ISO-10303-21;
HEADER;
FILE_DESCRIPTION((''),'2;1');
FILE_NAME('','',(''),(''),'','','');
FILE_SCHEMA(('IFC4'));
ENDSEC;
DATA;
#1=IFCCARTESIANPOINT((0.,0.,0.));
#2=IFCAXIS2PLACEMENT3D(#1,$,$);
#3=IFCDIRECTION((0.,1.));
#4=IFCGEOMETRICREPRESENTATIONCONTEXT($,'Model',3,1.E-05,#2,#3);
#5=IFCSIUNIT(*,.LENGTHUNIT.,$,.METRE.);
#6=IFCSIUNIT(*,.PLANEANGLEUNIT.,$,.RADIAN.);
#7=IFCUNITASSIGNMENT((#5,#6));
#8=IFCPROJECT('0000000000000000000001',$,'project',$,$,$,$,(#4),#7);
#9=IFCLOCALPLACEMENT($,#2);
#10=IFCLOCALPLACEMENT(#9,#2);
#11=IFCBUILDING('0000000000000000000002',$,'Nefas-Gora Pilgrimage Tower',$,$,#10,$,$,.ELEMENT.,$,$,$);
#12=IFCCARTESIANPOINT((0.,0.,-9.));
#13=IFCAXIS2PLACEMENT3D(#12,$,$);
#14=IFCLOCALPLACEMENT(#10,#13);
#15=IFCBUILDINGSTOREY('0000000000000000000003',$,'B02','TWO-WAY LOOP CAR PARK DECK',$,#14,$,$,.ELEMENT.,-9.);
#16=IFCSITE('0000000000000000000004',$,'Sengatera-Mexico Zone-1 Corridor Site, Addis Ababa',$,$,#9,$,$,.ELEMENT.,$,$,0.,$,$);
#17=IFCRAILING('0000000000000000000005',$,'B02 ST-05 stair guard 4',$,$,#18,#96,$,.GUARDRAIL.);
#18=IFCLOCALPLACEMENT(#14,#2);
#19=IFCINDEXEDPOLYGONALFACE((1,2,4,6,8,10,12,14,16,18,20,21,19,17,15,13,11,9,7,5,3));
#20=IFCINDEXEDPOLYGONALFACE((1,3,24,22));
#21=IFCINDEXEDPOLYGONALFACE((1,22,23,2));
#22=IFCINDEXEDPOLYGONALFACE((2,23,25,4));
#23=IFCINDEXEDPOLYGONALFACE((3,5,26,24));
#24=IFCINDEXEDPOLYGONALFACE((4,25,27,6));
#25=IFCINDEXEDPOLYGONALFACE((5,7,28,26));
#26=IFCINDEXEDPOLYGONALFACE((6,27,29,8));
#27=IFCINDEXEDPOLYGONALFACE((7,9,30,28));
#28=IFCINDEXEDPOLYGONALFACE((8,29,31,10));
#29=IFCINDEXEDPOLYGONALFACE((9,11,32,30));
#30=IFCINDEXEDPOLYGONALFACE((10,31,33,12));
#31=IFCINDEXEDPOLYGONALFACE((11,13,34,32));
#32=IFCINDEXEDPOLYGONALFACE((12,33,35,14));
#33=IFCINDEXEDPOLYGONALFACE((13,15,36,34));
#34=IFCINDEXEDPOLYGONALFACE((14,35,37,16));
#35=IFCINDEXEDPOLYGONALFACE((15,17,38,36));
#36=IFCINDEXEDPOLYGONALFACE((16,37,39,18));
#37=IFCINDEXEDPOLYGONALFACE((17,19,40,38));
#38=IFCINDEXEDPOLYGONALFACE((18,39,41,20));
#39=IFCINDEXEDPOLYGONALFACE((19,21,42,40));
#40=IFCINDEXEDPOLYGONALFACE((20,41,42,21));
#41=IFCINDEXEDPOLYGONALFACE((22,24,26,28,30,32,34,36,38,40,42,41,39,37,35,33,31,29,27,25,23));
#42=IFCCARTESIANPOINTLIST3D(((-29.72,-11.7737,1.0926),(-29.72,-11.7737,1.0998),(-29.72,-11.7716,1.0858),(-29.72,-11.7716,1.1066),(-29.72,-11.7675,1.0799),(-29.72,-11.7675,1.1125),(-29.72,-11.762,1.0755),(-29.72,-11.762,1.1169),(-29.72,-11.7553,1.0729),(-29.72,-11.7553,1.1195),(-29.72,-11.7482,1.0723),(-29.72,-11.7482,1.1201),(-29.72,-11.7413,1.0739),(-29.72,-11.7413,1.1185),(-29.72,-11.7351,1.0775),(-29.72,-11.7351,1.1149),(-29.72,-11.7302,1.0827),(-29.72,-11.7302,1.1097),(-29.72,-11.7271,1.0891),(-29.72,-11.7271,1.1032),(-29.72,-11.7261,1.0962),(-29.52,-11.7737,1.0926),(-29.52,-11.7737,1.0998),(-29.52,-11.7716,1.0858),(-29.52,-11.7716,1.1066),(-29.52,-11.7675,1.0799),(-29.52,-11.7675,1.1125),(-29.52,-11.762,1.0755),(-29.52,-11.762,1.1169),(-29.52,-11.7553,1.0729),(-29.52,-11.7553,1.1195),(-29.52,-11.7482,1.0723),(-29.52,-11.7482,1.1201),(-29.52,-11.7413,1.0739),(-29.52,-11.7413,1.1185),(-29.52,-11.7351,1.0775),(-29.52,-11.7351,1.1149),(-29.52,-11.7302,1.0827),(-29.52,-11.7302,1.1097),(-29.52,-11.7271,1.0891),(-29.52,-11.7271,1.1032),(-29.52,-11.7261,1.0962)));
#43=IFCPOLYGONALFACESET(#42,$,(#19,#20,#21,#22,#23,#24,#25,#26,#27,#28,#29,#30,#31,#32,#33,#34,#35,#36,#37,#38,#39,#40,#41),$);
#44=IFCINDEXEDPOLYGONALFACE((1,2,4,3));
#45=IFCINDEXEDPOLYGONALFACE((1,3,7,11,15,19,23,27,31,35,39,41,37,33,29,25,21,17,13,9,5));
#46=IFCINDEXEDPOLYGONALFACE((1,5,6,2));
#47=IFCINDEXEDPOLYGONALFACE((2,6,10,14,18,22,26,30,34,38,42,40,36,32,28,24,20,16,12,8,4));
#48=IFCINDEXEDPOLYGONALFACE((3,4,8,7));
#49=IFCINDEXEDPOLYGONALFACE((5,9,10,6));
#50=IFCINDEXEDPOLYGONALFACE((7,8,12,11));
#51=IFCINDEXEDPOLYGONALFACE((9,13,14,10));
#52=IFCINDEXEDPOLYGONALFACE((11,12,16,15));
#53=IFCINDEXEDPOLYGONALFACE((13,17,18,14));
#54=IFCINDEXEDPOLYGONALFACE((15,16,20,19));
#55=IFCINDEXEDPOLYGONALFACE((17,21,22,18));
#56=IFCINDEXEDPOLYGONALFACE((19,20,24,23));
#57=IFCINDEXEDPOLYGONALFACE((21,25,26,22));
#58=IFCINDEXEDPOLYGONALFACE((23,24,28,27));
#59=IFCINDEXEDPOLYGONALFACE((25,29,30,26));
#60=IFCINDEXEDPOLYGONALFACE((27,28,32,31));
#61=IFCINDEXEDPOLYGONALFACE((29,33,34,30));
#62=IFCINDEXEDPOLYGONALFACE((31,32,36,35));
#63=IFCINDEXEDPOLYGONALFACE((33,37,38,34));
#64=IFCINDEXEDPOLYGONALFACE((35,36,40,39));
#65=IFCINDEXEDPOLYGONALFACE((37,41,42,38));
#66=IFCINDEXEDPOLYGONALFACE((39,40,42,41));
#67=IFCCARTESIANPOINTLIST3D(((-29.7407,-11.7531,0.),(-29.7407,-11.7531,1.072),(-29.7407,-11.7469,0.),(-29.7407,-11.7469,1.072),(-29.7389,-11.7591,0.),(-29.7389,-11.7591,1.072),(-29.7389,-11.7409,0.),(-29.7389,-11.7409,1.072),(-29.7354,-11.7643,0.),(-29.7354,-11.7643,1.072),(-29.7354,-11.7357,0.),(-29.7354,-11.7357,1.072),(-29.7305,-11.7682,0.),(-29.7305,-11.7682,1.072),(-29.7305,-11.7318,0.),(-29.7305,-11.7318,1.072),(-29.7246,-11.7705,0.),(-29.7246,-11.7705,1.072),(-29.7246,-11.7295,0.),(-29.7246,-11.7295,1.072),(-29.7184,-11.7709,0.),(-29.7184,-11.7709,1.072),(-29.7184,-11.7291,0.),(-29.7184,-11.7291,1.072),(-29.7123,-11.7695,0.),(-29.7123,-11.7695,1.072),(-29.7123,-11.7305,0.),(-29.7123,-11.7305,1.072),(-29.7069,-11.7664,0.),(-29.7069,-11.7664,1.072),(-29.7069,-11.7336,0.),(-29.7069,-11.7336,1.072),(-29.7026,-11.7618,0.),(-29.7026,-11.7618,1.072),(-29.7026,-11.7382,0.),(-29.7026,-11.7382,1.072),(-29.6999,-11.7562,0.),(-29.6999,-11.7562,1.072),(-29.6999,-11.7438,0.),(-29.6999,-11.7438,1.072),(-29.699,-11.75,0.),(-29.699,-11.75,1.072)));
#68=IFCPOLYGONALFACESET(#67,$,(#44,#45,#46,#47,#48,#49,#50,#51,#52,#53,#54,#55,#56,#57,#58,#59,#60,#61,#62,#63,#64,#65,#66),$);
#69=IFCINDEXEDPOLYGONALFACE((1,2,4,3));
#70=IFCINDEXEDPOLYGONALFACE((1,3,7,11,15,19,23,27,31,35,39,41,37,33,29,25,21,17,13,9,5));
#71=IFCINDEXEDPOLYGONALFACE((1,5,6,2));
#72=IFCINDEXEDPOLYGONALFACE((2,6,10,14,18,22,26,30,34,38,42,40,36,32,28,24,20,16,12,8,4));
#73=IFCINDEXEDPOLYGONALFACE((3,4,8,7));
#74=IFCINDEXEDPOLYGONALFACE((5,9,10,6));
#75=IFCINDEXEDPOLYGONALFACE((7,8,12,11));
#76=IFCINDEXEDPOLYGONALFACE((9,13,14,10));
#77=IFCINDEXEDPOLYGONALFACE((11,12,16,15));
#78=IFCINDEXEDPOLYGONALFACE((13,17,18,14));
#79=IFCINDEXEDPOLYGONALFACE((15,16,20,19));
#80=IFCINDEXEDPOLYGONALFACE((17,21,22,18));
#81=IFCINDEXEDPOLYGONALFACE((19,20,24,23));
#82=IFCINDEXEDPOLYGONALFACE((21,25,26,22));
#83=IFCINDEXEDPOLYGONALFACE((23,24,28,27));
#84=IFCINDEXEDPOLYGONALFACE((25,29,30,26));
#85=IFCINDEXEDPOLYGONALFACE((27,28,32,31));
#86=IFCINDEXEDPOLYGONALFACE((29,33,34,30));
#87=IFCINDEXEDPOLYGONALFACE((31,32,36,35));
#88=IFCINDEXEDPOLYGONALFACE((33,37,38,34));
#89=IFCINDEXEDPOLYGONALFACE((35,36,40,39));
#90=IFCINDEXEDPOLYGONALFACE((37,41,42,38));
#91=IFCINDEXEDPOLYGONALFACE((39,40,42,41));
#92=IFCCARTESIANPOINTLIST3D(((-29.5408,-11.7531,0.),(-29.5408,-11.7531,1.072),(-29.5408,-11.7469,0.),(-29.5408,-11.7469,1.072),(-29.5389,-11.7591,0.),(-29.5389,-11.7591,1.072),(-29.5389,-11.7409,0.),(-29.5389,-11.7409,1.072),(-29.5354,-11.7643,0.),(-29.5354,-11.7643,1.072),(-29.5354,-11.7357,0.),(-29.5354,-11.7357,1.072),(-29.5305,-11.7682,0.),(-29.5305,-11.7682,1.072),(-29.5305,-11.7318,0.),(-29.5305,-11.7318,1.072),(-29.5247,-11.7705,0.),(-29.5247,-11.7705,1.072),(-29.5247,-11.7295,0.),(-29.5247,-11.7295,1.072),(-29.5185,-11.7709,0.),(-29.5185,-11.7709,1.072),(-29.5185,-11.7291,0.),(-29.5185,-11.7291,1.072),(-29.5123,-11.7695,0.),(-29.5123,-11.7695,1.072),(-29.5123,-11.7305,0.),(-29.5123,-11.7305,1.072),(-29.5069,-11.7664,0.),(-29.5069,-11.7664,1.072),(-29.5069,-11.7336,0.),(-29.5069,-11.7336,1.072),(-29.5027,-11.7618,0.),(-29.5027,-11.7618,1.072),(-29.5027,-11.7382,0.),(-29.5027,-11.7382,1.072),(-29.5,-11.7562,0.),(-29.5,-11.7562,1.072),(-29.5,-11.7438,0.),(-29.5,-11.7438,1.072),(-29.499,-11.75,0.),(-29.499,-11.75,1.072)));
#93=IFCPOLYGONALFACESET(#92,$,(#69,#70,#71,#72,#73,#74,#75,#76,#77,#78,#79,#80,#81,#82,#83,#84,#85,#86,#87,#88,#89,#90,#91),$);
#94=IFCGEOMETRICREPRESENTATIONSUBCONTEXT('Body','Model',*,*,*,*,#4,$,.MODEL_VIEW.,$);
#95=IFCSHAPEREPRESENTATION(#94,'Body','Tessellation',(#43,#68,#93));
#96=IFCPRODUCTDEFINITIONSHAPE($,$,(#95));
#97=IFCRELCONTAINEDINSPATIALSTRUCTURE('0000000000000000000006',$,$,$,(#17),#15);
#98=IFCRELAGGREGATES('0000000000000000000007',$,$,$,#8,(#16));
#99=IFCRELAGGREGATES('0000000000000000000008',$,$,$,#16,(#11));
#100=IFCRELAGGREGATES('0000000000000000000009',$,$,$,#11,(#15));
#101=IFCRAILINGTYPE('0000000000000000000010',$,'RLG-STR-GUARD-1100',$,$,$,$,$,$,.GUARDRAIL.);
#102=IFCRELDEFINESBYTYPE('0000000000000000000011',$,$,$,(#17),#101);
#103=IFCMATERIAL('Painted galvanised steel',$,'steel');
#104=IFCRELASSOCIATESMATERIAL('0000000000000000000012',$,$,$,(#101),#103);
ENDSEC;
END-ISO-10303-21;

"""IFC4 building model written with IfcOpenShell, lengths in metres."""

from ifc_helpers import new_model, si_unit, direction, frame, origin, origin_2d, place, context, subcontext, project, spatial, circle, extrude, material, type_object, element, save


model = new_model("IFC4")

# Units and contexts
model_context = context("Model", 3, precision=1e-05, world=origin(), true_north=direction((0.0, 1.0)))
body_context = subcontext(model_context, "Body", "Model", "MODEL_VIEW")
ifc_project = project(units=[si_unit("LENGTHUNIT", "METRE"), si_unit("PLANEANGLEUNIT", "RADIAN")], contexts=[model_context])

# Site, building, storey
site_placement = place(None, origin())
site = spatial("IfcSite", under=ifc_project, at=site_placement, Name="Sengatera-Mexico Zone-1 Corridor Site, Addis Ababa", CompositionType="ELEMENT", RefElevation=0.0)
building_placement = place(site_placement, origin())
building = spatial("IfcBuilding", under=site, at=building_placement, Name="Nefas-Gora Pilgrimage Tower", CompositionType="ELEMENT")
storey_placement = place(building_placement, frame((0.0, 0.0, -9.0)))
storey = spatial("IfcBuildingStorey", under=building, at=storey_placement, Name="B02", Description="TWO-WAY LOOP CAR PARK DECK", CompositionType="ELEMENT", Elevation=-9.0)

# Railing
ifc_material_1 = material(Name="Painted galvanised steel", Category="steel")
railing_type = type_object("IfcRailingType", Name="RLG-STR-GUARD-1100", PredefinedType="GUARDRAIL", material=ifc_material_1)
railing_1_placement = place(storey_placement, frame((-29.72, -11.75, 0.0)))
element("IfcRailing", 1, at=railing_1_placement, inside=storey, type_object=railing_type, Name="B02 ST-05 stair guard 4", PredefinedType="GUARDRAIL", context=body_context, shape_type="SweptSolid", body=[
    extrude(circle(Radius=0.0239, at=origin_2d()), frame((0.0, 0.0, 1.0962), z_axis=(1.0, 0.0, 0.0), x_axis=(0.0, 1.0, 0.0)), (0.0, 0.0, 1.0), 0.2),
    extrude(circle(Radius=0.021, at=origin_2d()), origin(), (0.0, 0.0, 1.0), 1.072),
    extrude(circle(Radius=0.021, at=origin_2d()), frame((0.2, 0.0, 0.0)), (0.0, 0.0, 1.0), 1.072),
])

save(model, "model.ifc")
